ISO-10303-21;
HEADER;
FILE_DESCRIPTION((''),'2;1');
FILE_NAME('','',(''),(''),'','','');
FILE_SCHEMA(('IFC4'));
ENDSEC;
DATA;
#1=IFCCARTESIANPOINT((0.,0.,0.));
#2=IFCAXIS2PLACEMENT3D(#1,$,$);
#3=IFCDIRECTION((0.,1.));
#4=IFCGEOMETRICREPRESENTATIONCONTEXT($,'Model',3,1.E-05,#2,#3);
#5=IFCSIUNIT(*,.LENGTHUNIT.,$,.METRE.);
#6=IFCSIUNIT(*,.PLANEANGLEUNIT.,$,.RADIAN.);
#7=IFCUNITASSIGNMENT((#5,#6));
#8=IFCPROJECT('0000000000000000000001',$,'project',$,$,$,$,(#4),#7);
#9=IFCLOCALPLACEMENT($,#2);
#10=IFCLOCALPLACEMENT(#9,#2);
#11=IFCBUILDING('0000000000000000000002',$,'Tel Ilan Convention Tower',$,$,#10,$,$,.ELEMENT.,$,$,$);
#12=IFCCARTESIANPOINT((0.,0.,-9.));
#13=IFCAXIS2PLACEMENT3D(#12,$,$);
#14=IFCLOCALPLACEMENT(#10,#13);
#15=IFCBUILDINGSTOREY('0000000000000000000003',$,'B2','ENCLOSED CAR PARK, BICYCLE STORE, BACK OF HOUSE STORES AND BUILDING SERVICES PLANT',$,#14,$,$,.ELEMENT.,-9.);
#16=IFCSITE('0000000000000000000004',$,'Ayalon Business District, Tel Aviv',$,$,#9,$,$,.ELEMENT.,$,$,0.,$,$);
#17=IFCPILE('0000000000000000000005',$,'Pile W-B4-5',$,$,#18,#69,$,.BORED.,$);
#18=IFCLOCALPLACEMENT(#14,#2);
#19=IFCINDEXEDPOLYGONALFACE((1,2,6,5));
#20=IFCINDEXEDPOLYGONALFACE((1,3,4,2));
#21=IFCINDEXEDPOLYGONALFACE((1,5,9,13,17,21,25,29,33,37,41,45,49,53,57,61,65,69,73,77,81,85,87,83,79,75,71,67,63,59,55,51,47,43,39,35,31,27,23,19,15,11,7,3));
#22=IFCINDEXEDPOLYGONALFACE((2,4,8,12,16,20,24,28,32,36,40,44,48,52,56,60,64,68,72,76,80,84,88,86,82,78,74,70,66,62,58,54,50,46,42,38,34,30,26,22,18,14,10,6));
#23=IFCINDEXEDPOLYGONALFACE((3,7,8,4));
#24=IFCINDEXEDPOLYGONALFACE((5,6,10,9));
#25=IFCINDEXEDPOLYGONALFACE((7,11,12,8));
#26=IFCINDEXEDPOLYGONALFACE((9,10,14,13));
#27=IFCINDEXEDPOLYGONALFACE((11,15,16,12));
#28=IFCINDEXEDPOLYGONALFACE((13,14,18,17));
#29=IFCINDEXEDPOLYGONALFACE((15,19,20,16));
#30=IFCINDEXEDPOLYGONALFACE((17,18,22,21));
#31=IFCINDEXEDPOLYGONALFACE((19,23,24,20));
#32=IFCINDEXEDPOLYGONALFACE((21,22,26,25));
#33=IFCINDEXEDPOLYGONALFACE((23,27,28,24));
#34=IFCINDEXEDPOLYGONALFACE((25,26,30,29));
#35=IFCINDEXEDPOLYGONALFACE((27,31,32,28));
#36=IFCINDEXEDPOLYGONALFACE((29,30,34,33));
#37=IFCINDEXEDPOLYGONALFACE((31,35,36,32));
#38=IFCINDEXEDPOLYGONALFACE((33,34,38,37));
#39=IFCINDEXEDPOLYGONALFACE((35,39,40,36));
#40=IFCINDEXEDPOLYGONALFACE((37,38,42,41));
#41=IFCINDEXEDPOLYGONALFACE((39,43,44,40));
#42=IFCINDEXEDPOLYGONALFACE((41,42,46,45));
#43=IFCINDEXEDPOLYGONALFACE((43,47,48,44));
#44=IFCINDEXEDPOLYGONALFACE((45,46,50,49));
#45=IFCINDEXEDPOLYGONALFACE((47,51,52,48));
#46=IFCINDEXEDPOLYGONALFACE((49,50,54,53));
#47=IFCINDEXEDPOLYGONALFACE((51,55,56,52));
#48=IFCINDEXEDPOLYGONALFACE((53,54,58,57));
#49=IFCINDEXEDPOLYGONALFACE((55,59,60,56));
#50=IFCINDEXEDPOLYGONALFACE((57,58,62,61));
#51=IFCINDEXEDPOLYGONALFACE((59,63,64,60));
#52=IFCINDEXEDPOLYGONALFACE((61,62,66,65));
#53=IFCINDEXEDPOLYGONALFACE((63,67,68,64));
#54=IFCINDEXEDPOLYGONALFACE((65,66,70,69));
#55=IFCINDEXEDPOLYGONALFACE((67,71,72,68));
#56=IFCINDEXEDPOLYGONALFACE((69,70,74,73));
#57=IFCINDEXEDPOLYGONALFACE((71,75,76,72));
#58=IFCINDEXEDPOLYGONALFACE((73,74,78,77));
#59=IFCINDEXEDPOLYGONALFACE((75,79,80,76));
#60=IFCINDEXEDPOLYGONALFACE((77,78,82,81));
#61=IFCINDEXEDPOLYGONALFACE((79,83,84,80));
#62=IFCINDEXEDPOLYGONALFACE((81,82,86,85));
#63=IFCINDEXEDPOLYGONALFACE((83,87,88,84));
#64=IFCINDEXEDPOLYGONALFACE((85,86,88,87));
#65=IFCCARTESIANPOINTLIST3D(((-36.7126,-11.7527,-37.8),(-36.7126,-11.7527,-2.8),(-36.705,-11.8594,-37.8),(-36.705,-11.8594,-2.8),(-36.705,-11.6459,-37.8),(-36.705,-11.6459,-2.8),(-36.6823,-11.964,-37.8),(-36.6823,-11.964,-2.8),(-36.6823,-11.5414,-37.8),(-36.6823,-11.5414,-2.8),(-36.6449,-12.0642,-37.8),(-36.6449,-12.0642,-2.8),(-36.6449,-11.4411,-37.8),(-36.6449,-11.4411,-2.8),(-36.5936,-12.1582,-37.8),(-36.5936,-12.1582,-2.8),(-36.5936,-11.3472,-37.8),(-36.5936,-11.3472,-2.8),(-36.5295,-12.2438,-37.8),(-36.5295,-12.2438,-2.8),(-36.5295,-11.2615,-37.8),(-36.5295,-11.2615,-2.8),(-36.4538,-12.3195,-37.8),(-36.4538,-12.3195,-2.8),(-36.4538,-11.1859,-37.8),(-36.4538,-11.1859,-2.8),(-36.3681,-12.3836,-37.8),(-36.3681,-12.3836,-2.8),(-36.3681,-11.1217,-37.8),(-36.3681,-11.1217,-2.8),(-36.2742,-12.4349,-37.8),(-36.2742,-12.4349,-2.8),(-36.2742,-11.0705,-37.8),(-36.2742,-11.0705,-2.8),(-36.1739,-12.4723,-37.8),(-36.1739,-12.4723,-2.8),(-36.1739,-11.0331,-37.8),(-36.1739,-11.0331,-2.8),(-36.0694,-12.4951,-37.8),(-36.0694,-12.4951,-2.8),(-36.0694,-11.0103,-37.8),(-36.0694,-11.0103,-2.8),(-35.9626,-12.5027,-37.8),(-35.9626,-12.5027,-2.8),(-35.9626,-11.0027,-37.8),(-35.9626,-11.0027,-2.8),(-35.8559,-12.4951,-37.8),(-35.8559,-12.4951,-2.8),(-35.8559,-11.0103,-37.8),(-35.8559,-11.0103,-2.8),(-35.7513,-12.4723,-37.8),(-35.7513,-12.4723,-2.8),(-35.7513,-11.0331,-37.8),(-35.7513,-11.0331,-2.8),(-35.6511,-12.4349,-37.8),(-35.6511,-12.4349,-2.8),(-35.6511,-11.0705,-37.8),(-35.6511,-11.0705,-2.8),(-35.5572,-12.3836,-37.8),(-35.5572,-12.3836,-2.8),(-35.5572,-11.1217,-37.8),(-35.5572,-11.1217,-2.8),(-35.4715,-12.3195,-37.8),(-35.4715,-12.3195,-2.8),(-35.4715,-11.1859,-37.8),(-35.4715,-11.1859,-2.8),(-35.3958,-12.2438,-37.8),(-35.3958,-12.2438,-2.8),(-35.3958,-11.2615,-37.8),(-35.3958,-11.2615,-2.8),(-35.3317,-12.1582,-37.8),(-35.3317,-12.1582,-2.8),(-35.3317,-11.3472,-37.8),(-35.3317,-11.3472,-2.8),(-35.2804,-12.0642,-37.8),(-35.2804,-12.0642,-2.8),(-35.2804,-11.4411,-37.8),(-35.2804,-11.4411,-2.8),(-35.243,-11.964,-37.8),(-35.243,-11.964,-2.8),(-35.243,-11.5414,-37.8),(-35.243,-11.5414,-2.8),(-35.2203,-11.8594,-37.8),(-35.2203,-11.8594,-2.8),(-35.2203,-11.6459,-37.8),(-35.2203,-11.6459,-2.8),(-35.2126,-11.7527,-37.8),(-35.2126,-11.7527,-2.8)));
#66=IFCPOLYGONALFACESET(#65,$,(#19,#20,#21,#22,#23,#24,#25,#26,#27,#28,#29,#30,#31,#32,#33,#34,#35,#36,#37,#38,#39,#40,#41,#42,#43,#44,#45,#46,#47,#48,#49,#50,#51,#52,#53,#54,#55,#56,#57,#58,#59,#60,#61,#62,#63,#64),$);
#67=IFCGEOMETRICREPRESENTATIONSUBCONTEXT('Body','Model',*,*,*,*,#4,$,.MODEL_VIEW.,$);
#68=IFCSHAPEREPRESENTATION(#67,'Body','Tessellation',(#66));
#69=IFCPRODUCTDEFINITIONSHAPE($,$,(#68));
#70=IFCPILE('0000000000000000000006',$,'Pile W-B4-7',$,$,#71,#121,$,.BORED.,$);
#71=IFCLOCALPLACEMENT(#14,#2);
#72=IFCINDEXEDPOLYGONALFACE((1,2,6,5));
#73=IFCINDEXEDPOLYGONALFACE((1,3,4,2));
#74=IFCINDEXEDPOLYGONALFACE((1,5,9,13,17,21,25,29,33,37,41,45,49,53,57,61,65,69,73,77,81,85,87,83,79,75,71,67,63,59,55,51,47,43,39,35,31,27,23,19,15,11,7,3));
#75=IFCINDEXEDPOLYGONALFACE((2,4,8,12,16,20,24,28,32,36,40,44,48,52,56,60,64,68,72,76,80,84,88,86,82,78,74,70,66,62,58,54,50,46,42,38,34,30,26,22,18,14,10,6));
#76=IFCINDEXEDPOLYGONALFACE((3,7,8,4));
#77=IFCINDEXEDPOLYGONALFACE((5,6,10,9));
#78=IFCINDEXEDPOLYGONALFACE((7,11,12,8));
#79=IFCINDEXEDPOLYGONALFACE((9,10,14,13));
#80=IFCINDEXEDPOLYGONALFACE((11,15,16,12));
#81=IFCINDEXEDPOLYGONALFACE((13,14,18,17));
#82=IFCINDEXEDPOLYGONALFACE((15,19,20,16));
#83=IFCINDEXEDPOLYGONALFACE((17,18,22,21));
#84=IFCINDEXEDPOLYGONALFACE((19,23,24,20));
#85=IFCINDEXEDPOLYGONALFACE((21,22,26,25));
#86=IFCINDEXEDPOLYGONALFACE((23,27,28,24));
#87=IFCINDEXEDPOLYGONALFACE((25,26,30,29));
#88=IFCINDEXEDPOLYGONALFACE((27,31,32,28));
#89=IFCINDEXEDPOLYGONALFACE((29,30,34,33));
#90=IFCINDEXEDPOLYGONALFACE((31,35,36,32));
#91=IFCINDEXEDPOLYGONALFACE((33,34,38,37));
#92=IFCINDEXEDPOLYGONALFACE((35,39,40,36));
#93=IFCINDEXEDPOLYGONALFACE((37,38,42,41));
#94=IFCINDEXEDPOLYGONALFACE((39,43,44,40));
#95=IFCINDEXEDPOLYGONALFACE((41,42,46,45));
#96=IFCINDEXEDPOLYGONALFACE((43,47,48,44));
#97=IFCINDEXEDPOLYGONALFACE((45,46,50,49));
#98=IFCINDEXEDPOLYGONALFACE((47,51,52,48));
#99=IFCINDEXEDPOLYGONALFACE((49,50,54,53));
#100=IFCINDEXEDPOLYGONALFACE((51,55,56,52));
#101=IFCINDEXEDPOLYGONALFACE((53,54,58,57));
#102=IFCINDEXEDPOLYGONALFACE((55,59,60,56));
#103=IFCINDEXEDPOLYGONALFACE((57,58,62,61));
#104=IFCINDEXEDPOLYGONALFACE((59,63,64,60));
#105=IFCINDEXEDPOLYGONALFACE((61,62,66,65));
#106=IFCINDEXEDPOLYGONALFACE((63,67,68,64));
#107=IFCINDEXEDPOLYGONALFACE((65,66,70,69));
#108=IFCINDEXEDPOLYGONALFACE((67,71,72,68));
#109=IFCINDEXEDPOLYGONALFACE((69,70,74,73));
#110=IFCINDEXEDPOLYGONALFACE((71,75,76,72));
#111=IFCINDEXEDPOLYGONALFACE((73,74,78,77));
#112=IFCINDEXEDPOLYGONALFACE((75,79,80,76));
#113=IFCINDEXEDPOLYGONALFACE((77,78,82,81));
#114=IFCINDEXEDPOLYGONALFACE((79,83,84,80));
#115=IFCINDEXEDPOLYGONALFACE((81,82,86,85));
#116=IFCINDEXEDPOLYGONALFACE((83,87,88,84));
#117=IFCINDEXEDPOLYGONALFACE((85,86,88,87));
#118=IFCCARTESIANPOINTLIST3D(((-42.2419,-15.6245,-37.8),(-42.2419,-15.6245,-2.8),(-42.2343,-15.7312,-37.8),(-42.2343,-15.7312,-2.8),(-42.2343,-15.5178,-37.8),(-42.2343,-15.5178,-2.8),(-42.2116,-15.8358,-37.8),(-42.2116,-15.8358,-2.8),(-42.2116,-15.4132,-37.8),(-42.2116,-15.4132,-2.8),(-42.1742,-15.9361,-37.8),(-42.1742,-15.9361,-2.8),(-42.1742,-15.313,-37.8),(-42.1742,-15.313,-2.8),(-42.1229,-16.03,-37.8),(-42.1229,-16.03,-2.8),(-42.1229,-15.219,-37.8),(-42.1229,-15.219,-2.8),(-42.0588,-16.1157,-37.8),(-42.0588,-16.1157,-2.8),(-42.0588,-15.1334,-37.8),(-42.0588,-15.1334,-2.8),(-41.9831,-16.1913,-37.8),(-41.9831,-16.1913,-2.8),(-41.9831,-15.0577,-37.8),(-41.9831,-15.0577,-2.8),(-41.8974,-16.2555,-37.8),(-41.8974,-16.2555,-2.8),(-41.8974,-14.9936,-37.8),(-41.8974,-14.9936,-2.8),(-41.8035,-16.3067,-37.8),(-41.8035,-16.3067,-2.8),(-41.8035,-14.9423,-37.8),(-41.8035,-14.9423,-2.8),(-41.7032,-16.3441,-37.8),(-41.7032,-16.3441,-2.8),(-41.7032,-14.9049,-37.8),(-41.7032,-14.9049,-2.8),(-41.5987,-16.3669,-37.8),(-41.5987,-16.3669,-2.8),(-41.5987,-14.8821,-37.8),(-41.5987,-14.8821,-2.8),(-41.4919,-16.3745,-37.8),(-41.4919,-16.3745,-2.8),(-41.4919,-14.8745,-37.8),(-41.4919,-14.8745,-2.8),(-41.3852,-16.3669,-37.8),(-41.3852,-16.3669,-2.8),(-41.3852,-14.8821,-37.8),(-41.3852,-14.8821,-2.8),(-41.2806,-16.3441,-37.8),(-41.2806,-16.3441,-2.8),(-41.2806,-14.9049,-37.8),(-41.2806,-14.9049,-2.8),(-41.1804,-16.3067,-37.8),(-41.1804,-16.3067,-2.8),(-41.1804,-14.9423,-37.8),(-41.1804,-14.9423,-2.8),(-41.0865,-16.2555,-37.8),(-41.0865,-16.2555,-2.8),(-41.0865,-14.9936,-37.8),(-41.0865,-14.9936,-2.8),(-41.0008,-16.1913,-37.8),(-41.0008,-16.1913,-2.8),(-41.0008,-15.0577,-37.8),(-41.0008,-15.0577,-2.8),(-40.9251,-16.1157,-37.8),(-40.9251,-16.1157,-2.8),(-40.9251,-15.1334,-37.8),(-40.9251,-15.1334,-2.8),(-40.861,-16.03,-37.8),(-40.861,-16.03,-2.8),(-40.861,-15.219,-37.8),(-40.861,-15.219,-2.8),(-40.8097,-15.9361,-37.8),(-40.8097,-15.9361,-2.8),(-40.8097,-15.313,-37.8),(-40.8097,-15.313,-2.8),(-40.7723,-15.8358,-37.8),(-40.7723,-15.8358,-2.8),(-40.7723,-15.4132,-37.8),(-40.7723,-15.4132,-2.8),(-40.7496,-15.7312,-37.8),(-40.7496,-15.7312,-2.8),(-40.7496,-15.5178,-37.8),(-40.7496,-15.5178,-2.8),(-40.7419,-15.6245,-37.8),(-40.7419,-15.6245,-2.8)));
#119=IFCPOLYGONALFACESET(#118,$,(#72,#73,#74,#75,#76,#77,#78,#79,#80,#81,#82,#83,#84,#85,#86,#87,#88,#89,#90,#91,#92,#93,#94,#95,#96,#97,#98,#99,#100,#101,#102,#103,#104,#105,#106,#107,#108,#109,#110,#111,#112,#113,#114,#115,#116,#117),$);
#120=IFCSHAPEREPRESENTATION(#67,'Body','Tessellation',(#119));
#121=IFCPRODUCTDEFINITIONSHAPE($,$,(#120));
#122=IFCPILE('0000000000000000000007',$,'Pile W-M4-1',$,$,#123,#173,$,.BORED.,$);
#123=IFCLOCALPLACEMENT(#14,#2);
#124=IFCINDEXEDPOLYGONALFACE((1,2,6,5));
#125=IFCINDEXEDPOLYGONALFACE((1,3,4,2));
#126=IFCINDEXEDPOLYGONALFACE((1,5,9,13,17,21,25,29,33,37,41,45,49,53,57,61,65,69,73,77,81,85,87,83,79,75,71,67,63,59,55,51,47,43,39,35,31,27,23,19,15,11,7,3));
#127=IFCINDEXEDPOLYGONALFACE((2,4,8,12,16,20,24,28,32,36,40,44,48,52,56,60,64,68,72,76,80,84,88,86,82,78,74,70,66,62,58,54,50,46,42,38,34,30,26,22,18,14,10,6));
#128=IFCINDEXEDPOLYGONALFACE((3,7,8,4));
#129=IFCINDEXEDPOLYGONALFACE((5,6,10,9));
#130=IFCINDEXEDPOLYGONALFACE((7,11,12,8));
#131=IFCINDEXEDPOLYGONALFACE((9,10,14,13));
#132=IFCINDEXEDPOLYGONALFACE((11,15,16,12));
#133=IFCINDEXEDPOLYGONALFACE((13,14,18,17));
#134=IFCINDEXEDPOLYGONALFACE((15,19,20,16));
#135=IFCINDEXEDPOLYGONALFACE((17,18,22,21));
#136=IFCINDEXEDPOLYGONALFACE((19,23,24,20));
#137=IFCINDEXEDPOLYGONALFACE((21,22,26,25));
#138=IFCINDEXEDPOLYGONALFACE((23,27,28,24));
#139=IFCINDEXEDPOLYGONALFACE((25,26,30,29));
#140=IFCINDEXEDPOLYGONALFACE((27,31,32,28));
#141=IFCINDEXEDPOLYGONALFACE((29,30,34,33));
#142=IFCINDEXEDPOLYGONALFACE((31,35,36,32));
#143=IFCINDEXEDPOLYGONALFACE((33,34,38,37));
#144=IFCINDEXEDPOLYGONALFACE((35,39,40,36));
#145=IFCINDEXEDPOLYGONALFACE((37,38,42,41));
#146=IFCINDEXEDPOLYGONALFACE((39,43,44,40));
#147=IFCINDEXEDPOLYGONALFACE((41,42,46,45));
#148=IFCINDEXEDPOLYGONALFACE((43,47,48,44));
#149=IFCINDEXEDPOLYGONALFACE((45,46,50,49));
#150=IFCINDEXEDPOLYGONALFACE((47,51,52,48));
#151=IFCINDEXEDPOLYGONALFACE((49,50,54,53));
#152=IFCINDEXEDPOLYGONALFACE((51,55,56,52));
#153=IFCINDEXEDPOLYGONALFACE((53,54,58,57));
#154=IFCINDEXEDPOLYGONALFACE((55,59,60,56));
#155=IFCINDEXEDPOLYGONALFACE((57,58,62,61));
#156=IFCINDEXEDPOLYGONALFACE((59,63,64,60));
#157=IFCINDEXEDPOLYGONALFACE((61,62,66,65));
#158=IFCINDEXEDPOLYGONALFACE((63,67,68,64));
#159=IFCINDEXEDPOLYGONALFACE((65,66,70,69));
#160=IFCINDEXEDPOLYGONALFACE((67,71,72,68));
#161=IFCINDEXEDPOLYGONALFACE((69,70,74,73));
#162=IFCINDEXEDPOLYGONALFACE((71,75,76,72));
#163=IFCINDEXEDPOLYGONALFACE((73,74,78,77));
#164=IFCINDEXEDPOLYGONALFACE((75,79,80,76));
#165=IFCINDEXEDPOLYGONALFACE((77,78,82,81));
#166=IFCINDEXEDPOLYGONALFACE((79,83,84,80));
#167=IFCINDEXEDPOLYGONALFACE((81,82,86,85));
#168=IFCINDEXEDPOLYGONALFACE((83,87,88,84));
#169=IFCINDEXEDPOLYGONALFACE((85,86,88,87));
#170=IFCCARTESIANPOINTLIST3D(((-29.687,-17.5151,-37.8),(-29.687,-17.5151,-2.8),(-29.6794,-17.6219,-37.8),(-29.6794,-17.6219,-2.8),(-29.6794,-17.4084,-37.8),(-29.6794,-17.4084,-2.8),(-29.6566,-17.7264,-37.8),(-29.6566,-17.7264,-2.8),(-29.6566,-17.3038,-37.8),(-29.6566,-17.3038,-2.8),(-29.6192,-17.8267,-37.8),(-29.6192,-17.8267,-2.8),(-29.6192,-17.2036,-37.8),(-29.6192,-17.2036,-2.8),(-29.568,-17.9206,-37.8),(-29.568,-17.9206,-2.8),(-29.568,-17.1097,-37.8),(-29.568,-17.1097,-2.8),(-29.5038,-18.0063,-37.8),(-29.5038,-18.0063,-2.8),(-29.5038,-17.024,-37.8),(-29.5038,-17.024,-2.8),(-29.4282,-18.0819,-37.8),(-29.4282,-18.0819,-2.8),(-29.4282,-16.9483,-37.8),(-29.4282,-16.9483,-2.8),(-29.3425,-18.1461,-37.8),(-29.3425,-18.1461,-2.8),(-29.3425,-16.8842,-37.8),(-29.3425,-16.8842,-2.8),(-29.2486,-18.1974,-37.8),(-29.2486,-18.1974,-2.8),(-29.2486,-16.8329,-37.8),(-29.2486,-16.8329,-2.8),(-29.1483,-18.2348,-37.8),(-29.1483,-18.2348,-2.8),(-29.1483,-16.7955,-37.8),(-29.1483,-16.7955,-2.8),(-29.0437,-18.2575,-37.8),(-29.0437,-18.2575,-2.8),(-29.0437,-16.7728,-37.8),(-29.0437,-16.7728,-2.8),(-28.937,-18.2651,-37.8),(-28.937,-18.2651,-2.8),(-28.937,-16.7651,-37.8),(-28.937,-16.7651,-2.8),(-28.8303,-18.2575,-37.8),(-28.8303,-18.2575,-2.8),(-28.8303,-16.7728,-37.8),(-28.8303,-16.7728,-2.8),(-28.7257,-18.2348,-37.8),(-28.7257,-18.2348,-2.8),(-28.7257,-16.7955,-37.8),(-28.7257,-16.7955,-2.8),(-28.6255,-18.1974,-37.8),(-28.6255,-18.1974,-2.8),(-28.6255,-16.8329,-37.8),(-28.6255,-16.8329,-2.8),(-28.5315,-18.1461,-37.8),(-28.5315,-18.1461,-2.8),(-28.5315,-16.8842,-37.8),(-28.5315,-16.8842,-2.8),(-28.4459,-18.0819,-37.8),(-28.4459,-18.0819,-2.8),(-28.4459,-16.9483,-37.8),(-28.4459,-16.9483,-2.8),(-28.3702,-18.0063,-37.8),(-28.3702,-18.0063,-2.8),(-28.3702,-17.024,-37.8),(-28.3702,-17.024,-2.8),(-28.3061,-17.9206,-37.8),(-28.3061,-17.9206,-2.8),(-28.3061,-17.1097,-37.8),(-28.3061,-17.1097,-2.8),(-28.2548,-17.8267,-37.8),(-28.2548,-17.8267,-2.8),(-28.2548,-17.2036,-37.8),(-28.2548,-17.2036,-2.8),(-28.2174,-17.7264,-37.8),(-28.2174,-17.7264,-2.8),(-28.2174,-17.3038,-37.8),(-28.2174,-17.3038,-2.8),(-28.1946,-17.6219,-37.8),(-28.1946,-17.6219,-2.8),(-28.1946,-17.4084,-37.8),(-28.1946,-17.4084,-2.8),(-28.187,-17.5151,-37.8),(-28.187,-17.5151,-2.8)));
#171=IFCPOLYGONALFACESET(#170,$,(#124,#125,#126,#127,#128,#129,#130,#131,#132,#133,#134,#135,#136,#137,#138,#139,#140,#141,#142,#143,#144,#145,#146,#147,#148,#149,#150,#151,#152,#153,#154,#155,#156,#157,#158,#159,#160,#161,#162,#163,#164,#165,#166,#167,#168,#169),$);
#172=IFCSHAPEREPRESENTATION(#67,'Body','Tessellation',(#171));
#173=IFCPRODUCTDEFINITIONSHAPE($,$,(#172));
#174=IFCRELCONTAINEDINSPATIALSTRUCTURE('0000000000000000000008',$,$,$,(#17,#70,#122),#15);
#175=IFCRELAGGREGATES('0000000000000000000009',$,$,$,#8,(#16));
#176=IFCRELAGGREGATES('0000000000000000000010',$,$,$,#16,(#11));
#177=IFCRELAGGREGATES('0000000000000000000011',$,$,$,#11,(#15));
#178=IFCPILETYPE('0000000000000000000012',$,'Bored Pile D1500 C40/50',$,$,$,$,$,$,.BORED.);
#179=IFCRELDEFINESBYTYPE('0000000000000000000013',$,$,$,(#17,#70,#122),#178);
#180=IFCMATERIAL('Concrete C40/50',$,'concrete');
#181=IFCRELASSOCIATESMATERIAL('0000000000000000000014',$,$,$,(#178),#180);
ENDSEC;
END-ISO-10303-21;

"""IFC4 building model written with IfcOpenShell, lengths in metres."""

from ifc_helpers import new_model, si_unit, direction, frame, origin, origin_2d, place, context, subcontext, project, spatial, circle, extrude, material, material_profile, profile_set, type_object, element, save


model = new_model("IFC4")

# Units and contexts
model_context = context("Model", 3, precision=1e-05, world=origin(), true_north=direction((0.0, 1.0)))
body_context = subcontext(model_context, "Body", "Model", "MODEL_VIEW")
ifc_project = project(units=[si_unit("LENGTHUNIT", "METRE"), si_unit("PLANEANGLEUNIT", "RADIAN")], contexts=[model_context])

# Site, building, storey
site_placement = place(None, origin())
site = spatial("IfcSite", under=ifc_project, at=site_placement, Name="Ayalon Business District, Tel Aviv", CompositionType="ELEMENT", RefElevation=0.0)
building_placement = place(site_placement, origin())
building = spatial("IfcBuilding", under=site, at=building_placement, Name="Tel Ilan Convention Tower", CompositionType="ELEMENT")
storey_placement = place(building_placement, frame((0.0, 0.0, -9.0)))
storey = spatial("IfcBuildingStorey", under=building, at=storey_placement, Name="B2", Description="ENCLOSED CAR PARK, BICYCLE STORE, BACK OF HOUSE STORES AND BUILDING SERVICES PLANT", CompositionType="ELEMENT", Elevation=-9.0)

# Piles
ifc_material_1 = material(Name="Concrete C40/50", Category="concrete")
ifc_material_profile_1 = material_profile(ifc_material_1, circle(Radius=0.75, at=origin_2d()), Name="BORED D1500")
ifc_profile_set_1 = profile_set([ifc_material_profile_1], Name="Concrete C40/50")
pile_type_1 = type_object("IfcPileType", Name="Bored Pile D1500 C40/50", PredefinedType="BORED", material=ifc_profile_set_1)
for number, where, z_axis, x_axis, name in (
    (1, (-35.9626, -11.7527, -2.8), (0.0, 0.0, -1.0), (1.0, 0.0, 0.0), "Pile W-B4-5"),
    (2, (-41.4919, -15.6245, -2.8), (0.0, 0.0, -1.0), (1.0, 0.0, 0.0), "Pile W-B4-7"),
    (3, (-28.937, -17.5151, -2.8), (0.0, 0.0, -1.0), (1.0, 0.0, 0.0), "Pile W-M4-1"),
):
    element("IfcPile", number, at=place(storey_placement, frame(where, z_axis=z_axis, x_axis=x_axis)), inside=storey, type_object=pile_type_1, Name=name, PredefinedType="BORED", context=body_context, shape_type="SweptSolid", body=[
        extrude(circle(Radius=0.75, at=origin_2d()), origin(), (0.0, 0.0, 1.0), 35.0),
    ])

save(model, "model.ifc")
